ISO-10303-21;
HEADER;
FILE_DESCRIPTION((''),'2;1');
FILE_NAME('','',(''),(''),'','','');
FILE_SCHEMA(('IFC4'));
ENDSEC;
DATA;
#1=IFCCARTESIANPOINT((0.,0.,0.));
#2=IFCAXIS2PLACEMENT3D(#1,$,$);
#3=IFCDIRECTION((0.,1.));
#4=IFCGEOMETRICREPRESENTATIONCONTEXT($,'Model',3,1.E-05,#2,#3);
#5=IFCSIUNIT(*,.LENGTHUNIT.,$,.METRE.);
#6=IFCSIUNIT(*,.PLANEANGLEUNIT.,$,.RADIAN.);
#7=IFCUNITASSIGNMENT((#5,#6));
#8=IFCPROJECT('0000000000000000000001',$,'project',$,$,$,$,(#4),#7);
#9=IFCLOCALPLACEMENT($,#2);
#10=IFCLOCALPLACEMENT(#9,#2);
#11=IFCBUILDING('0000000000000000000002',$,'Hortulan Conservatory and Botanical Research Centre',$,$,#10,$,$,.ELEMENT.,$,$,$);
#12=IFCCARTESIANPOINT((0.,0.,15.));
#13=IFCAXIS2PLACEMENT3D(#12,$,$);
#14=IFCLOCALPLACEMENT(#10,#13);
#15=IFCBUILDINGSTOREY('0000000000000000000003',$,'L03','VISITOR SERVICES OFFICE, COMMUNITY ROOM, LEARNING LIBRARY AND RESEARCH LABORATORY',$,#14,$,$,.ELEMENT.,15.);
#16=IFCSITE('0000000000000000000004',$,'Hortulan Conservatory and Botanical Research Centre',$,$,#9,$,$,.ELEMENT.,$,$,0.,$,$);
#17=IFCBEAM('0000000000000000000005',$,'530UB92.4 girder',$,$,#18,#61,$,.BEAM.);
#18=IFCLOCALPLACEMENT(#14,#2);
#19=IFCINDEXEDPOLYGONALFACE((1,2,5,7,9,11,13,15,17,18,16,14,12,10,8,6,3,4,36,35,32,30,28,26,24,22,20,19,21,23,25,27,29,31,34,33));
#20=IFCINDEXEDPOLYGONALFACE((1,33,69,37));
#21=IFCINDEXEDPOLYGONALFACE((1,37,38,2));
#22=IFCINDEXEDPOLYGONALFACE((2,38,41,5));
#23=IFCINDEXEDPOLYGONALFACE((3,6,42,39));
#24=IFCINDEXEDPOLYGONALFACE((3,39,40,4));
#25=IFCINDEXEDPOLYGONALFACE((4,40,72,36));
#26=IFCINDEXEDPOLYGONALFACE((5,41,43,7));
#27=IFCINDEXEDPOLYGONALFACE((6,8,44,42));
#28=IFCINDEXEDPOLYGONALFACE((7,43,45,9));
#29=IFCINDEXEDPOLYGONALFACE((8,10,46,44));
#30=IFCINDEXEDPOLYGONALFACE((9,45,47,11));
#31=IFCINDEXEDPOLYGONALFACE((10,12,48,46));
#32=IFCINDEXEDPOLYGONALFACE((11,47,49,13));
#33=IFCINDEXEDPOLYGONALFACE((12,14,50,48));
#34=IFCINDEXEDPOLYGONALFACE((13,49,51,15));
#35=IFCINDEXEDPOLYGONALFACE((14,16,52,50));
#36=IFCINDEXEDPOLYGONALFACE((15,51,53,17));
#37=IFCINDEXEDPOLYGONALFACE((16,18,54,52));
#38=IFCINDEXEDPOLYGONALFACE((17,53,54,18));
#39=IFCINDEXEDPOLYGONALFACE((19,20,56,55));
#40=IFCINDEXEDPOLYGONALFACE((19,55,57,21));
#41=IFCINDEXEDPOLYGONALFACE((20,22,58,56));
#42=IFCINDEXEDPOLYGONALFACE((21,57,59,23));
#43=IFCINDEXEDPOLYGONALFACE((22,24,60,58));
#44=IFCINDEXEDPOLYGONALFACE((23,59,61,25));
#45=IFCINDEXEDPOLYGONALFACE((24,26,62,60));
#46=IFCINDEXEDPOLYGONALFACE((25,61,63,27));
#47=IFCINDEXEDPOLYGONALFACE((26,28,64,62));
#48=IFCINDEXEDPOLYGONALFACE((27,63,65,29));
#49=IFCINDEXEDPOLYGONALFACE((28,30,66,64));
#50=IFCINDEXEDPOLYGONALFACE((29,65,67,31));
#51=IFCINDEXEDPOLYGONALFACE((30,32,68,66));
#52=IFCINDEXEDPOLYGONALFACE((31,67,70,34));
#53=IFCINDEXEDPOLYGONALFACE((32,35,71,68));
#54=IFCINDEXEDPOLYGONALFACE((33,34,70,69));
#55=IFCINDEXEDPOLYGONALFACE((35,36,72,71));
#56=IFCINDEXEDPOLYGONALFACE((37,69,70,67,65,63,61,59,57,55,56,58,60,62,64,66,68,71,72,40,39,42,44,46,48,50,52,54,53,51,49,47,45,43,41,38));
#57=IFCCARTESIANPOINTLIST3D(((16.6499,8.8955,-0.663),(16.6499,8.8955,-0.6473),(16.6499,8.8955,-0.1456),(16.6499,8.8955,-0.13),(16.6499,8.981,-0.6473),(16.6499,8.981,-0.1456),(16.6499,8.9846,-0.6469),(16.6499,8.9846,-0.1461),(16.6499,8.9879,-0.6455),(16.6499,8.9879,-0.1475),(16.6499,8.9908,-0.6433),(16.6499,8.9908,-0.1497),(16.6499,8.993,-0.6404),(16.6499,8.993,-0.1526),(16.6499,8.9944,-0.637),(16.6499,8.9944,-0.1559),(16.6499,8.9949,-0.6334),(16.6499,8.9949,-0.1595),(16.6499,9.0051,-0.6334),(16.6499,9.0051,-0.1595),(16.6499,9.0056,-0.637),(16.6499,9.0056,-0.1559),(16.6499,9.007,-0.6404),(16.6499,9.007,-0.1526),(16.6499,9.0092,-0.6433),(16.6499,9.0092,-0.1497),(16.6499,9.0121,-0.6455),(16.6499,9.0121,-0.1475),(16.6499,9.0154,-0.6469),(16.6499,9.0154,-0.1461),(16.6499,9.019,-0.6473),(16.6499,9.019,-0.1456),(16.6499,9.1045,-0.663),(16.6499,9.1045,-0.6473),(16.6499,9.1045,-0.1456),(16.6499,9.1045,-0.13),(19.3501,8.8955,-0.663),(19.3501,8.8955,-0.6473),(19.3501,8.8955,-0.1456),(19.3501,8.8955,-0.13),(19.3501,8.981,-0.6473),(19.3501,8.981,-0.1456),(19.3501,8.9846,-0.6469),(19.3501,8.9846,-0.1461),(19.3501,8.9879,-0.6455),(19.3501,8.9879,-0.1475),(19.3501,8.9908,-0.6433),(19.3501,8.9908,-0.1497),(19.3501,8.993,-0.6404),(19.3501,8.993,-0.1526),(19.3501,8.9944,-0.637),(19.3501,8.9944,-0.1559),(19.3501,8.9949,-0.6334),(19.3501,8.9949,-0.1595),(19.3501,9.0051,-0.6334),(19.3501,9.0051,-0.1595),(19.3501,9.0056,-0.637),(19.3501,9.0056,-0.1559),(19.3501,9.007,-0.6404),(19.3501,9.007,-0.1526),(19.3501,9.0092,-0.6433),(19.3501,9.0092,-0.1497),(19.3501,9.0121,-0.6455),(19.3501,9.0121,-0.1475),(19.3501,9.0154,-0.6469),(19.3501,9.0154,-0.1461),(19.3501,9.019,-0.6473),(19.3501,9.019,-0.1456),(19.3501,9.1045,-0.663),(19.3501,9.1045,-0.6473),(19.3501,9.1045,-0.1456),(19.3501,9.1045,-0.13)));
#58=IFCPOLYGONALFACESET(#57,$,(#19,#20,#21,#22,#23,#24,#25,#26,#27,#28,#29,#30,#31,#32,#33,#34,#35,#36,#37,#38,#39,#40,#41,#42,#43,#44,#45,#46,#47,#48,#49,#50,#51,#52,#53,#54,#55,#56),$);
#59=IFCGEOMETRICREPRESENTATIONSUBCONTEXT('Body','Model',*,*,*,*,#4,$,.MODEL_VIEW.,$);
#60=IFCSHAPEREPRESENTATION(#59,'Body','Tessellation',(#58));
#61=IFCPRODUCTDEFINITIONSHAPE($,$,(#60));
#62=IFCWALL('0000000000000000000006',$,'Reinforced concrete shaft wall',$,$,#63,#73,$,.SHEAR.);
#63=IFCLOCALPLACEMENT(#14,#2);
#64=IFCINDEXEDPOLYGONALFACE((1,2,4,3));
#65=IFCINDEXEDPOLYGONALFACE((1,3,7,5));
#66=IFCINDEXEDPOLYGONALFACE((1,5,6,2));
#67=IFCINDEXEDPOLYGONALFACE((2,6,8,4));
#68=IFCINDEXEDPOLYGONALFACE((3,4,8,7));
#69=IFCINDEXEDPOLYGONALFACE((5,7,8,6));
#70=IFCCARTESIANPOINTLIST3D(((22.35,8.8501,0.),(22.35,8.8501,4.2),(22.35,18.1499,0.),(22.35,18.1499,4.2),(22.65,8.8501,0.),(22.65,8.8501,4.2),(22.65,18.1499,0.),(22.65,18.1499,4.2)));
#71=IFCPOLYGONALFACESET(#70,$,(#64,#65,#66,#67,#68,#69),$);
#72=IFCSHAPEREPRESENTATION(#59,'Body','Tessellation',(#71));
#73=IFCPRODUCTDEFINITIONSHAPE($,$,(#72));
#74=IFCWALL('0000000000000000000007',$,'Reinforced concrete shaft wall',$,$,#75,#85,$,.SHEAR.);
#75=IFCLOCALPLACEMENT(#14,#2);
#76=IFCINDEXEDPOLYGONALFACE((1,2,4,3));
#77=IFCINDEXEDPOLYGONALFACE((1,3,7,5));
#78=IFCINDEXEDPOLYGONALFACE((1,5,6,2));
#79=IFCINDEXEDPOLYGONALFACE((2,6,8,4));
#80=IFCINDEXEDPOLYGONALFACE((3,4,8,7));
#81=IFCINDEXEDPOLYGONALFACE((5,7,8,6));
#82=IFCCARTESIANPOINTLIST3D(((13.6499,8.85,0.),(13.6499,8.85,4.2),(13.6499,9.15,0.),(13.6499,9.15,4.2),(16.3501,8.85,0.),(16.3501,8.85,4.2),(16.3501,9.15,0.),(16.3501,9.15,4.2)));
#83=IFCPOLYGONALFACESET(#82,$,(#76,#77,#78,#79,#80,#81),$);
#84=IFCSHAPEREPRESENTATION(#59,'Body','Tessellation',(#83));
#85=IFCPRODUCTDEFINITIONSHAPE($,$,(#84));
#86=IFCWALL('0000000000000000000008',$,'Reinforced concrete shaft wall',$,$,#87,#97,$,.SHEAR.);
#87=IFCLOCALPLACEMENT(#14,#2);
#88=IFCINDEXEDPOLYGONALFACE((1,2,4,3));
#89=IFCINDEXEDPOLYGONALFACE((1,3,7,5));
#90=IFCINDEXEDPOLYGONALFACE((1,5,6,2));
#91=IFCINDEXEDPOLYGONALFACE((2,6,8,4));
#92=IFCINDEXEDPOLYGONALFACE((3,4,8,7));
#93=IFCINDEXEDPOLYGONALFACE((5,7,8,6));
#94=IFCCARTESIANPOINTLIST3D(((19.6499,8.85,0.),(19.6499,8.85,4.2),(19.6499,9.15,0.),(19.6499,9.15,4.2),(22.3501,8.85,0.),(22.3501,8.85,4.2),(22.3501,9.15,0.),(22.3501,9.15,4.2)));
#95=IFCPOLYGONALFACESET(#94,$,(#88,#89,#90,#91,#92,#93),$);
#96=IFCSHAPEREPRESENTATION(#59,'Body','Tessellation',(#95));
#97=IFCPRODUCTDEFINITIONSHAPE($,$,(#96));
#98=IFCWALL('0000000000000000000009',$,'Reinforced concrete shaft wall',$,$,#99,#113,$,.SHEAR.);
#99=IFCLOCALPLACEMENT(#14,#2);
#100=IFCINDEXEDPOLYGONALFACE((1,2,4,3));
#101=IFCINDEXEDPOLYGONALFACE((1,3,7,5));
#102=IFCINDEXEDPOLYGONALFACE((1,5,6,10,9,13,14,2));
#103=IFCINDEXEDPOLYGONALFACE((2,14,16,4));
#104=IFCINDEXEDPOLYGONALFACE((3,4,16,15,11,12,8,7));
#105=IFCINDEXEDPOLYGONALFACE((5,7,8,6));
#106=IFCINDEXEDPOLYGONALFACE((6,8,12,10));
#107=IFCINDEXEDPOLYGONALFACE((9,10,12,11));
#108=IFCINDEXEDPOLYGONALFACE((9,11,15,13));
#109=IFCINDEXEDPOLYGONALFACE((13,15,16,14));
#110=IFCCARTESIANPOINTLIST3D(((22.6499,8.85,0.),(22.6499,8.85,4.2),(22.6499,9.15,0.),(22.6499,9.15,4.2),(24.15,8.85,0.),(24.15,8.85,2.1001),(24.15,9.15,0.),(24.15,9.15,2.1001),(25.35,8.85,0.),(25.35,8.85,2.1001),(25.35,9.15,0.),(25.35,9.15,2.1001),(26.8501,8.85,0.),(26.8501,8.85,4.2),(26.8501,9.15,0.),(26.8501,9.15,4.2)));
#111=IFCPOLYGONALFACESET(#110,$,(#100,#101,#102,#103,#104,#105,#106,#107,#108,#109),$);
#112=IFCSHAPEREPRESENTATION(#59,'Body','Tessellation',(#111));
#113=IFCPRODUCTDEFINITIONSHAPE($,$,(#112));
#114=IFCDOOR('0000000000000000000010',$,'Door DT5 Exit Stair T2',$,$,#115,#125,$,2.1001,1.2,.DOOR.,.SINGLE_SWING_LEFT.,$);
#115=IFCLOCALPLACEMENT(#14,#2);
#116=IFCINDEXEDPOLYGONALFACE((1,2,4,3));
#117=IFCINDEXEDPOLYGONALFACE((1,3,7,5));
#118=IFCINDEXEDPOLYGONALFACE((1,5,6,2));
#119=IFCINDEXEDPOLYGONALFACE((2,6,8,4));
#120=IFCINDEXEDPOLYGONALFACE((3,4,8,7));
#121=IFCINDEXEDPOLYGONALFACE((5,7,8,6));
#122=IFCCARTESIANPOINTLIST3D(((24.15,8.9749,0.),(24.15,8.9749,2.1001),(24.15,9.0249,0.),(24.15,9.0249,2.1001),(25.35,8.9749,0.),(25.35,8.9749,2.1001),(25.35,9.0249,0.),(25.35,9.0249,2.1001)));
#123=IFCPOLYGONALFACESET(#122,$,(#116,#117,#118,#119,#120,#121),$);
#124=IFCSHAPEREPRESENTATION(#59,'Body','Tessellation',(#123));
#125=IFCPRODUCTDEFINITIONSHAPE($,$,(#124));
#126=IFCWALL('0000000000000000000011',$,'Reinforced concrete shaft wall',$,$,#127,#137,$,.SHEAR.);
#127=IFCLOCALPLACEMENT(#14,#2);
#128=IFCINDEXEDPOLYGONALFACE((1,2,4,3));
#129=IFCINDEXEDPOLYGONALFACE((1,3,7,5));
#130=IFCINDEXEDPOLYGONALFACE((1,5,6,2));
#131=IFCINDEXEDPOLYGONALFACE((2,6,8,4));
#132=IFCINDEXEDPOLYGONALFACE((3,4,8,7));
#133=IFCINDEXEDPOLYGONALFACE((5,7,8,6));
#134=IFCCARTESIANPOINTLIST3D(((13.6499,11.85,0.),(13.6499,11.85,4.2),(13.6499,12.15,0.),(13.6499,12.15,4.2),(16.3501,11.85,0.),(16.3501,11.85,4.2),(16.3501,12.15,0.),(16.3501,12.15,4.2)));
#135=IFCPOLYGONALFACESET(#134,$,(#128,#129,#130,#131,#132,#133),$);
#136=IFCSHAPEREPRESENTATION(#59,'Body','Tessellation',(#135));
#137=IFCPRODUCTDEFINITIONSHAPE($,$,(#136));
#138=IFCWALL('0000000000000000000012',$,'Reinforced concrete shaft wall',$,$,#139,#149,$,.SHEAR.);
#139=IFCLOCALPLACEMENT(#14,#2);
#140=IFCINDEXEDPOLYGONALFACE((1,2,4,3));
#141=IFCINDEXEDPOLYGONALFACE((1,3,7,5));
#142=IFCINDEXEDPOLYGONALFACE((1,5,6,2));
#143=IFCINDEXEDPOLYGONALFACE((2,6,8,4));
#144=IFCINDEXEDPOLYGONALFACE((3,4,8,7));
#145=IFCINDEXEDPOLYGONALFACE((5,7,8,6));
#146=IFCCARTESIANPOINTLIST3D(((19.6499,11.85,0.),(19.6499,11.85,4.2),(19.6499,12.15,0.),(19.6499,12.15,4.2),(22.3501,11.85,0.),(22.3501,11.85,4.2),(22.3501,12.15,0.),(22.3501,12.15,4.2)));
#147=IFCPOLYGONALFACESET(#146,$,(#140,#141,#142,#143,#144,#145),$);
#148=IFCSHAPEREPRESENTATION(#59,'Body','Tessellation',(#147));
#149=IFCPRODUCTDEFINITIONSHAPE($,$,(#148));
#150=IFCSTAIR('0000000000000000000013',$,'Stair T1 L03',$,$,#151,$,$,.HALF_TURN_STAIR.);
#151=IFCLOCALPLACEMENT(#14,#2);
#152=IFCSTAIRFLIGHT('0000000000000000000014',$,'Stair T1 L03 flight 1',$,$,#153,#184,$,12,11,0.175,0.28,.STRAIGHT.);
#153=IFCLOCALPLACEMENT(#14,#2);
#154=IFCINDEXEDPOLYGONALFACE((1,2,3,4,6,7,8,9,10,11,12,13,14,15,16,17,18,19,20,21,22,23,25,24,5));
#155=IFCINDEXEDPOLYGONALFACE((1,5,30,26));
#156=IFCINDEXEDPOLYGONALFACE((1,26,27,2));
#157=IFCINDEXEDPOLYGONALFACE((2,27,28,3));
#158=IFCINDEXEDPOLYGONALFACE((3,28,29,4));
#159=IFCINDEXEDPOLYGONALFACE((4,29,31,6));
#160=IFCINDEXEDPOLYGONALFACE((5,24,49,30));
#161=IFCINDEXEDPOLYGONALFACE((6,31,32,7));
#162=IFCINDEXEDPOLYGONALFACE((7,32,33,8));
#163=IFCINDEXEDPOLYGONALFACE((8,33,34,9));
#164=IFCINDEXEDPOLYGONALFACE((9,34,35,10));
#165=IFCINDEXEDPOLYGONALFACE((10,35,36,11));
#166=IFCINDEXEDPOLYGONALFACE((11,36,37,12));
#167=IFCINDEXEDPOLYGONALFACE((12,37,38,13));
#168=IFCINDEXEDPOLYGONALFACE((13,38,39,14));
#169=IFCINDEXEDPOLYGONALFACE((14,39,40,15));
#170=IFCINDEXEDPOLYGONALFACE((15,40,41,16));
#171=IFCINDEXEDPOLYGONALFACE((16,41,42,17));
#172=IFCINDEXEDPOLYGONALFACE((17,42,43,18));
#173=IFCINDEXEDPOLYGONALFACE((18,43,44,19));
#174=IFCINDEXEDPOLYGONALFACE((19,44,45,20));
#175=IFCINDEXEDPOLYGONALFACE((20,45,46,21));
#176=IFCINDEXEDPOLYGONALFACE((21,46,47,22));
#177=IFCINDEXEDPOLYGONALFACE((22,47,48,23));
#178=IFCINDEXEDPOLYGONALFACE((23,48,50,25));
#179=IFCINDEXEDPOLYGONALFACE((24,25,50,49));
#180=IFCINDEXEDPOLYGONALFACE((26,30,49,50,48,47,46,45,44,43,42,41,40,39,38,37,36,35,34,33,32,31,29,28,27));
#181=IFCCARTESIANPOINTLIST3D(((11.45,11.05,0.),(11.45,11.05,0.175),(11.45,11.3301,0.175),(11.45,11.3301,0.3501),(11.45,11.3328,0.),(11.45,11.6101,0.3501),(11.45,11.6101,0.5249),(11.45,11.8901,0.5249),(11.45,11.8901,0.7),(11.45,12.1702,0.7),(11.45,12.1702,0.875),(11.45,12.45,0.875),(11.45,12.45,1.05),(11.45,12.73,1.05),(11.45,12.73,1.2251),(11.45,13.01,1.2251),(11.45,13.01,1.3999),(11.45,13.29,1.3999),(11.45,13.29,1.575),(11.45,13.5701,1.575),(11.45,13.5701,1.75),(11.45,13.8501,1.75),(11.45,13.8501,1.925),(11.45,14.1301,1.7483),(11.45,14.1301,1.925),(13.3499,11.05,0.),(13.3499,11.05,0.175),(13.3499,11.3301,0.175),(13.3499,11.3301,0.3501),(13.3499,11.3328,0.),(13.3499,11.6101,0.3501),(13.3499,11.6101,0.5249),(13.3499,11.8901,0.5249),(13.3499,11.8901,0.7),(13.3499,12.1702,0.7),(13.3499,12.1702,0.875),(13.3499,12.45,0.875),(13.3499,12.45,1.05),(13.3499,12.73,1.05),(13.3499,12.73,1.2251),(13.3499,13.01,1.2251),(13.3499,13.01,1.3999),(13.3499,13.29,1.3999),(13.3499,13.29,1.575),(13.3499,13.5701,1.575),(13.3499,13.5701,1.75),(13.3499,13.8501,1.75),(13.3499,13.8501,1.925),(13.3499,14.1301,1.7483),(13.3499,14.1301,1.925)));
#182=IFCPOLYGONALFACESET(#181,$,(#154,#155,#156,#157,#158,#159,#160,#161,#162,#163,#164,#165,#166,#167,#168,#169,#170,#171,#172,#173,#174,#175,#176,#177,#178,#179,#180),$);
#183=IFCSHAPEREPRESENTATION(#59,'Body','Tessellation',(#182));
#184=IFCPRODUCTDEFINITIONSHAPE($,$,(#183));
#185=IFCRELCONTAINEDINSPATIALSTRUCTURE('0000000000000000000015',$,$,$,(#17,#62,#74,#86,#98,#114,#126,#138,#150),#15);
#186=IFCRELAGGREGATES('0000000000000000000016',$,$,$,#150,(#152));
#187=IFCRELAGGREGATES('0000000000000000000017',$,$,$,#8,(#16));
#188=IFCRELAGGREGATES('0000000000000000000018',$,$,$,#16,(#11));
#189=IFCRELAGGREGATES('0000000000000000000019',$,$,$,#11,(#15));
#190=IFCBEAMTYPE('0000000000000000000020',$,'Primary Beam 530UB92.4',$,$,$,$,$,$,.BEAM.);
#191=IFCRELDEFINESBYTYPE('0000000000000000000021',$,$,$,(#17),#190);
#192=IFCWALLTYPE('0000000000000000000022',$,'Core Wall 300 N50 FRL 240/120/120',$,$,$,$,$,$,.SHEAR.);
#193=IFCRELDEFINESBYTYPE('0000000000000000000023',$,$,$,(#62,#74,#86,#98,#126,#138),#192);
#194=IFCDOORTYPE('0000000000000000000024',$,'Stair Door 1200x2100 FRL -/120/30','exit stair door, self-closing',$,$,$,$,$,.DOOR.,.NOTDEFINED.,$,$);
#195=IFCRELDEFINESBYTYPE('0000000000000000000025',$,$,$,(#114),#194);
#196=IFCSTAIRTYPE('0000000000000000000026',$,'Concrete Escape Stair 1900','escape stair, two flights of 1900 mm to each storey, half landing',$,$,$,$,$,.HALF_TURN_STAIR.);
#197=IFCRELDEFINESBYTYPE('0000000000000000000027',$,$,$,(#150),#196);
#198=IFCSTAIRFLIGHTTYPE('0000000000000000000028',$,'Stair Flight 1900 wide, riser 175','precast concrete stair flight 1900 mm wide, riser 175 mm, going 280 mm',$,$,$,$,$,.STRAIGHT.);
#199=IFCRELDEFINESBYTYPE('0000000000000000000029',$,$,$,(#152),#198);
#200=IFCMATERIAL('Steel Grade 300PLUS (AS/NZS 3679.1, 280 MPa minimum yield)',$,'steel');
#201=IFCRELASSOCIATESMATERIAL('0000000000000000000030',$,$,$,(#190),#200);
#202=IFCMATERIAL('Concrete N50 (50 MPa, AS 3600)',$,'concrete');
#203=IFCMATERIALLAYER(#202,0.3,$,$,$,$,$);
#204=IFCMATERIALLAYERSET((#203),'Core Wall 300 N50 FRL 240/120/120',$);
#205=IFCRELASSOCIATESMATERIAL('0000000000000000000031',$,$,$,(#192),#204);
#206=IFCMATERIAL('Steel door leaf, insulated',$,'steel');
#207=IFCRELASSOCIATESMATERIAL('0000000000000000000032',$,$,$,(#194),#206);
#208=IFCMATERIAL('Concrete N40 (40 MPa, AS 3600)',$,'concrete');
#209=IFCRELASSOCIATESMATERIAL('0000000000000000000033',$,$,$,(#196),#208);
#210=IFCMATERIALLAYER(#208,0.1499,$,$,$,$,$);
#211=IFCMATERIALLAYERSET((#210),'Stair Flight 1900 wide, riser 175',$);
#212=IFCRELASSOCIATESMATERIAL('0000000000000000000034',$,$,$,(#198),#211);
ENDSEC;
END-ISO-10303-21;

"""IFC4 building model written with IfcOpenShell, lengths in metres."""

from ifc_helpers import new_model, si_unit, direction, frame, frame_2d, origin, origin_2d, place, context, subcontext, project, spatial, polyline, rectangle, i_section, outline, extrude, material, layer, layer_set, material_profile, profile_set, type_object, element, fill, aggregate, save


model = new_model("IFC4")

# Units and contexts
model_context = context("Model", 3, precision=1e-05, world=origin(), true_north=direction((0.0, 1.0)))
body_context = subcontext(model_context, "Body", "Model", "MODEL_VIEW")
ifc_project = project(units=[si_unit("LENGTHUNIT", "METRE"), si_unit("PLANEANGLEUNIT", "RADIAN")], contexts=[model_context])

# Site, building, storey
site_placement = place(None, origin())
site = spatial("IfcSite", under=ifc_project, at=site_placement, Name="Hortulan Conservatory and Botanical Research Centre", CompositionType="ELEMENT", RefElevation=0.0)
building_placement = place(site_placement, origin())
building = spatial("IfcBuilding", under=site, at=building_placement, Name="Hortulan Conservatory and Botanical Research Centre", CompositionType="ELEMENT")
storey_placement = place(building_placement, frame((0.0, 0.0, 15.0)))
storey = spatial("IfcBuildingStorey", under=building, at=storey_placement, Name="L03", Description="VISITOR SERVICES OFFICE, COMMUNITY ROOM, LEARNING LIBRARY AND RESEARCH LABORATORY", CompositionType="ELEMENT", Elevation=15.0)

# Beam
ifc_material_1 = material(Name="Steel Grade 300PLUS (AS/NZS 3679.1, 280 MPa minimum yield)", Category="steel")
ifc_material_profile = material_profile(ifc_material_1, i_section(OverallWidth=0.209, OverallDepth=0.533, WebThickness=0.0103, FlangeThickness=0.0156, FilletRadius=0.0139, at=origin_2d()), Name="530UB92.4")
ifc_profile_set = profile_set([ifc_material_profile], Name="Steel Grade 300PLUS (AS/NZS 3679.1, 280 MPa minimum yield)")
beam_type = type_object("IfcBeamType", Name="Primary Beam 530UB92.4", PredefinedType="BEAM", material=ifc_profile_set)
beam_placement = place(storey_placement, frame((16.6499, 9.0, -0.3965), z_axis=(1.0, 0.0, 0.0), x_axis=(0.0, 1.0, 0.0)))
element("IfcBeam", 1, at=beam_placement, inside=storey, type_object=beam_type, Name="530UB92.4 girder", PredefinedType="BEAM", context=body_context, shape_type="SweptSolid", body=[
    extrude(i_section(OverallWidth=0.209, OverallDepth=0.533, WebThickness=0.0103, FlangeThickness=0.0156, FilletRadius=0.0139, at=origin_2d()), origin(), (0.0, 0.0, 1.0), 2.7002),
])

# Walls
ifc_material_2 = material(Name="Concrete N50 (50 MPa, AS 3600)", Category="concrete")
ifc_layer_1 = layer(ifc_material_2, 0.3)
ifc_layer_set_1 = layer_set([ifc_layer_1], Name="Core Wall 300 N50 FRL 240/120/120")
wall_type = type_object("IfcWallType", Name="Core Wall 300 N50 FRL 240/120/120", PredefinedType="SHEAR", material=ifc_layer_set_1)
wall_1_placement = place(storey_placement, frame((22.5, 8.8501, 0.0), z_axis=(0.0, 0.0, 1.0), x_axis=(0.0, 1.0, 0.0)))
element("IfcWall", 2, at=wall_1_placement, inside=storey, type_object=wall_type, Name="Reinforced concrete shaft wall", PredefinedType="SHEAR", context=body_context, shape_type="SweptSolid", body=[
    extrude(rectangle(XDim=9.2998, YDim=0.3, at=frame_2d((4.6499, 0.0))), origin(), (0.0, 0.0, 1.0), 4.2),
])
for number, where, z_axis, x_axis, name in (
    (3, (13.6499, 9.0, 0.0), (0.0, 0.0, 1.0), (1.0, 0.0, 0.0), "Reinforced concrete shaft wall"),
    (4, (19.6499, 9.0, 0.0), (0.0, 0.0, 1.0), (1.0, 0.0, 0.0), "Reinforced concrete shaft wall"),
):
    element("IfcWall", number, at=place(storey_placement, frame(where, z_axis=z_axis, x_axis=x_axis)), inside=storey, type_object=wall_type, Name=name, PredefinedType="SHEAR", context=body_context, shape_type="SweptSolid", body=[
        extrude(rectangle(XDim=2.7002, YDim=0.3, at=frame_2d((1.3501, 0.0))), origin(), (0.0, 0.0, 1.0), 4.2),
    ])

# Wall, opening, door
wall_2_placement = place(storey_placement, frame((22.6499, 9.0, 0.0), z_axis=(0.0, 0.0, 1.0), x_axis=(1.0, 0.0, 0.0)))
wall_2 = element("IfcWall", 5, at=wall_2_placement, inside=storey, type_object=wall_type, Name="Reinforced concrete shaft wall", PredefinedType="SHEAR", context=body_context, shape_type="SweptSolid", body=[
    extrude(rectangle(XDim=4.2002, YDim=0.3, at=frame_2d((2.1001, 0.0))), origin(), (0.0, 0.0, 1.0), 4.2),
])
opening_placement = place(wall_2_placement, frame((1.5, 0.0, 0.0)))
opening = element("IfcOpeningElement", 6, at=opening_placement, cuts=wall_2, PredefinedType="OPENING", context=body_context, shape_type="SweptSolid", body=[
    extrude(rectangle(XDim=1.2, YDim=2.1001, at=frame_2d((0.6001, 1.05))), frame((0.0, 0.1599, 0.0), z_axis=(0.0, -1.0, 0.0), x_axis=(1.0, 0.0, 0.0)), (0.0, 0.0, 1.0), 0.3201),
])
ifc_material_3 = material(Name="Steel door leaf, insulated", Category="steel")
door_type = type_object("IfcDoorType", Name="Stair Door 1200x2100 FRL -/120/30", Description="exit stair door, self-closing", OperationType="NOTDEFINED", PredefinedType="DOOR", material=ifc_material_3)
door_placement = place(opening_placement, origin())
door = element("IfcDoor", 7, at=door_placement, inside=storey, type_object=door_type, Name="Door DT5 Exit Stair T2", OperationType="SINGLE_SWING_LEFT", OverallHeight=2.1001, OverallWidth=1.2, PredefinedType="DOOR", context=body_context, shape_type="SweptSolid", body=[
    extrude(rectangle(XDim=1.2, YDim=2.1001, at=frame_2d((0.6001, 1.05))), frame((0.0, 0.0249, 0.0), z_axis=(0.0, -1.0, 0.0), x_axis=(1.0, 0.0, 0.0)), (0.0, 0.0, 1.0), 0.05),
])
fill(opening, door)

# Walls
for number, where, z_axis, x_axis, name in (
    (8, (13.6499, 12.0, 0.0), (0.0, 0.0, 1.0), (1.0, 0.0, 0.0), "Reinforced concrete shaft wall"),
    (9, (19.6499, 12.0, 0.0), (0.0, 0.0, 1.0), (1.0, 0.0, 0.0), "Reinforced concrete shaft wall"),
):
    element("IfcWall", number, at=place(storey_placement, frame(where, z_axis=z_axis, x_axis=x_axis)), inside=storey, type_object=wall_type, Name=name, PredefinedType="SHEAR", context=body_context, shape_type="SweptSolid", body=[
        extrude(rectangle(XDim=2.7002, YDim=0.3, at=frame_2d((1.3501, 0.0))), origin(), (0.0, 0.0, 1.0), 4.2),
    ])

# Stair, stair flight
ifc_material_4 = material(Name="Concrete N40 (40 MPa, AS 3600)", Category="concrete")
stair_type = type_object("IfcStairType", Name="Concrete Escape Stair 1900", Description="escape stair, two flights of 1900 mm to each storey, half landing", PredefinedType="HALF_TURN_STAIR", material=ifc_material_4)
stair_placement = place(storey_placement, origin())
stair = element("IfcStair", 10, at=stair_placement, inside=storey, type_object=stair_type, Name="Stair T1 L03", PredefinedType="HALF_TURN_STAIR")
ifc_layer_2 = layer(ifc_material_4, 0.1499)
ifc_layer_set_2 = layer_set([ifc_layer_2], Name="Stair Flight 1900 wide, riser 175")
stair_flight_type = type_object("IfcStairFlightType", Name="Stair Flight 1900 wide, riser 175", Description="precast concrete stair flight 1900 mm wide, riser 175 mm, going 280 mm", PredefinedType="STRAIGHT", material=ifc_layer_set_2)
stair_flight_1_placement = place(storey_placement, frame((12.3999, 11.05, 0.0), z_axis=(0.0, 0.0, 1.0), x_axis=(0.0, 1.0, 0.0)))
stair_flight_1 = element("IfcStairFlight", 11, at=stair_flight_1_placement, type_object=stair_flight_type, Name="Stair T1 L03 flight 1", NumberOfRisers=12, NumberOfTreads=11, PredefinedType="STRAIGHT", RiserHeight=0.175, TreadLength=0.28, context=body_context, shape_type="SweptSolid", body=[
    extrude(outline(polyline([(0.0, 0.0), (0.0, 0.175), (0.28, 0.175), (0.28, 0.3501), (0.5601, 0.3501), (0.5601, 0.5249), (0.8401, 0.5249), (0.8401, 0.7), (1.1201, 0.7), (1.1201, 0.875), (1.3999, 0.875), (1.3999, 1.05), (1.6799, 1.05), (1.6799, 1.2251), (1.96, 1.2251), (1.96, 1.3999), (2.24, 1.3999), (2.24, 1.575), (2.52, 1.575), (2.52, 1.75), (2.8, 1.75), (2.8, 1.925), (3.0801, 1.925), (3.0801, 2.1001), (3.0801, 1.7483), (0.2827, 0.0), (0.0, 0.0)])), frame((0.0, 0.95, 0.0), z_axis=(0.0, -1.0, 0.0), x_axis=(1.0, 0.0, 0.0)), (0.0, 0.0, 1.0), 1.8999),
])
aggregate(stair, [stair_flight_1])

save(model, "model.ifc")
